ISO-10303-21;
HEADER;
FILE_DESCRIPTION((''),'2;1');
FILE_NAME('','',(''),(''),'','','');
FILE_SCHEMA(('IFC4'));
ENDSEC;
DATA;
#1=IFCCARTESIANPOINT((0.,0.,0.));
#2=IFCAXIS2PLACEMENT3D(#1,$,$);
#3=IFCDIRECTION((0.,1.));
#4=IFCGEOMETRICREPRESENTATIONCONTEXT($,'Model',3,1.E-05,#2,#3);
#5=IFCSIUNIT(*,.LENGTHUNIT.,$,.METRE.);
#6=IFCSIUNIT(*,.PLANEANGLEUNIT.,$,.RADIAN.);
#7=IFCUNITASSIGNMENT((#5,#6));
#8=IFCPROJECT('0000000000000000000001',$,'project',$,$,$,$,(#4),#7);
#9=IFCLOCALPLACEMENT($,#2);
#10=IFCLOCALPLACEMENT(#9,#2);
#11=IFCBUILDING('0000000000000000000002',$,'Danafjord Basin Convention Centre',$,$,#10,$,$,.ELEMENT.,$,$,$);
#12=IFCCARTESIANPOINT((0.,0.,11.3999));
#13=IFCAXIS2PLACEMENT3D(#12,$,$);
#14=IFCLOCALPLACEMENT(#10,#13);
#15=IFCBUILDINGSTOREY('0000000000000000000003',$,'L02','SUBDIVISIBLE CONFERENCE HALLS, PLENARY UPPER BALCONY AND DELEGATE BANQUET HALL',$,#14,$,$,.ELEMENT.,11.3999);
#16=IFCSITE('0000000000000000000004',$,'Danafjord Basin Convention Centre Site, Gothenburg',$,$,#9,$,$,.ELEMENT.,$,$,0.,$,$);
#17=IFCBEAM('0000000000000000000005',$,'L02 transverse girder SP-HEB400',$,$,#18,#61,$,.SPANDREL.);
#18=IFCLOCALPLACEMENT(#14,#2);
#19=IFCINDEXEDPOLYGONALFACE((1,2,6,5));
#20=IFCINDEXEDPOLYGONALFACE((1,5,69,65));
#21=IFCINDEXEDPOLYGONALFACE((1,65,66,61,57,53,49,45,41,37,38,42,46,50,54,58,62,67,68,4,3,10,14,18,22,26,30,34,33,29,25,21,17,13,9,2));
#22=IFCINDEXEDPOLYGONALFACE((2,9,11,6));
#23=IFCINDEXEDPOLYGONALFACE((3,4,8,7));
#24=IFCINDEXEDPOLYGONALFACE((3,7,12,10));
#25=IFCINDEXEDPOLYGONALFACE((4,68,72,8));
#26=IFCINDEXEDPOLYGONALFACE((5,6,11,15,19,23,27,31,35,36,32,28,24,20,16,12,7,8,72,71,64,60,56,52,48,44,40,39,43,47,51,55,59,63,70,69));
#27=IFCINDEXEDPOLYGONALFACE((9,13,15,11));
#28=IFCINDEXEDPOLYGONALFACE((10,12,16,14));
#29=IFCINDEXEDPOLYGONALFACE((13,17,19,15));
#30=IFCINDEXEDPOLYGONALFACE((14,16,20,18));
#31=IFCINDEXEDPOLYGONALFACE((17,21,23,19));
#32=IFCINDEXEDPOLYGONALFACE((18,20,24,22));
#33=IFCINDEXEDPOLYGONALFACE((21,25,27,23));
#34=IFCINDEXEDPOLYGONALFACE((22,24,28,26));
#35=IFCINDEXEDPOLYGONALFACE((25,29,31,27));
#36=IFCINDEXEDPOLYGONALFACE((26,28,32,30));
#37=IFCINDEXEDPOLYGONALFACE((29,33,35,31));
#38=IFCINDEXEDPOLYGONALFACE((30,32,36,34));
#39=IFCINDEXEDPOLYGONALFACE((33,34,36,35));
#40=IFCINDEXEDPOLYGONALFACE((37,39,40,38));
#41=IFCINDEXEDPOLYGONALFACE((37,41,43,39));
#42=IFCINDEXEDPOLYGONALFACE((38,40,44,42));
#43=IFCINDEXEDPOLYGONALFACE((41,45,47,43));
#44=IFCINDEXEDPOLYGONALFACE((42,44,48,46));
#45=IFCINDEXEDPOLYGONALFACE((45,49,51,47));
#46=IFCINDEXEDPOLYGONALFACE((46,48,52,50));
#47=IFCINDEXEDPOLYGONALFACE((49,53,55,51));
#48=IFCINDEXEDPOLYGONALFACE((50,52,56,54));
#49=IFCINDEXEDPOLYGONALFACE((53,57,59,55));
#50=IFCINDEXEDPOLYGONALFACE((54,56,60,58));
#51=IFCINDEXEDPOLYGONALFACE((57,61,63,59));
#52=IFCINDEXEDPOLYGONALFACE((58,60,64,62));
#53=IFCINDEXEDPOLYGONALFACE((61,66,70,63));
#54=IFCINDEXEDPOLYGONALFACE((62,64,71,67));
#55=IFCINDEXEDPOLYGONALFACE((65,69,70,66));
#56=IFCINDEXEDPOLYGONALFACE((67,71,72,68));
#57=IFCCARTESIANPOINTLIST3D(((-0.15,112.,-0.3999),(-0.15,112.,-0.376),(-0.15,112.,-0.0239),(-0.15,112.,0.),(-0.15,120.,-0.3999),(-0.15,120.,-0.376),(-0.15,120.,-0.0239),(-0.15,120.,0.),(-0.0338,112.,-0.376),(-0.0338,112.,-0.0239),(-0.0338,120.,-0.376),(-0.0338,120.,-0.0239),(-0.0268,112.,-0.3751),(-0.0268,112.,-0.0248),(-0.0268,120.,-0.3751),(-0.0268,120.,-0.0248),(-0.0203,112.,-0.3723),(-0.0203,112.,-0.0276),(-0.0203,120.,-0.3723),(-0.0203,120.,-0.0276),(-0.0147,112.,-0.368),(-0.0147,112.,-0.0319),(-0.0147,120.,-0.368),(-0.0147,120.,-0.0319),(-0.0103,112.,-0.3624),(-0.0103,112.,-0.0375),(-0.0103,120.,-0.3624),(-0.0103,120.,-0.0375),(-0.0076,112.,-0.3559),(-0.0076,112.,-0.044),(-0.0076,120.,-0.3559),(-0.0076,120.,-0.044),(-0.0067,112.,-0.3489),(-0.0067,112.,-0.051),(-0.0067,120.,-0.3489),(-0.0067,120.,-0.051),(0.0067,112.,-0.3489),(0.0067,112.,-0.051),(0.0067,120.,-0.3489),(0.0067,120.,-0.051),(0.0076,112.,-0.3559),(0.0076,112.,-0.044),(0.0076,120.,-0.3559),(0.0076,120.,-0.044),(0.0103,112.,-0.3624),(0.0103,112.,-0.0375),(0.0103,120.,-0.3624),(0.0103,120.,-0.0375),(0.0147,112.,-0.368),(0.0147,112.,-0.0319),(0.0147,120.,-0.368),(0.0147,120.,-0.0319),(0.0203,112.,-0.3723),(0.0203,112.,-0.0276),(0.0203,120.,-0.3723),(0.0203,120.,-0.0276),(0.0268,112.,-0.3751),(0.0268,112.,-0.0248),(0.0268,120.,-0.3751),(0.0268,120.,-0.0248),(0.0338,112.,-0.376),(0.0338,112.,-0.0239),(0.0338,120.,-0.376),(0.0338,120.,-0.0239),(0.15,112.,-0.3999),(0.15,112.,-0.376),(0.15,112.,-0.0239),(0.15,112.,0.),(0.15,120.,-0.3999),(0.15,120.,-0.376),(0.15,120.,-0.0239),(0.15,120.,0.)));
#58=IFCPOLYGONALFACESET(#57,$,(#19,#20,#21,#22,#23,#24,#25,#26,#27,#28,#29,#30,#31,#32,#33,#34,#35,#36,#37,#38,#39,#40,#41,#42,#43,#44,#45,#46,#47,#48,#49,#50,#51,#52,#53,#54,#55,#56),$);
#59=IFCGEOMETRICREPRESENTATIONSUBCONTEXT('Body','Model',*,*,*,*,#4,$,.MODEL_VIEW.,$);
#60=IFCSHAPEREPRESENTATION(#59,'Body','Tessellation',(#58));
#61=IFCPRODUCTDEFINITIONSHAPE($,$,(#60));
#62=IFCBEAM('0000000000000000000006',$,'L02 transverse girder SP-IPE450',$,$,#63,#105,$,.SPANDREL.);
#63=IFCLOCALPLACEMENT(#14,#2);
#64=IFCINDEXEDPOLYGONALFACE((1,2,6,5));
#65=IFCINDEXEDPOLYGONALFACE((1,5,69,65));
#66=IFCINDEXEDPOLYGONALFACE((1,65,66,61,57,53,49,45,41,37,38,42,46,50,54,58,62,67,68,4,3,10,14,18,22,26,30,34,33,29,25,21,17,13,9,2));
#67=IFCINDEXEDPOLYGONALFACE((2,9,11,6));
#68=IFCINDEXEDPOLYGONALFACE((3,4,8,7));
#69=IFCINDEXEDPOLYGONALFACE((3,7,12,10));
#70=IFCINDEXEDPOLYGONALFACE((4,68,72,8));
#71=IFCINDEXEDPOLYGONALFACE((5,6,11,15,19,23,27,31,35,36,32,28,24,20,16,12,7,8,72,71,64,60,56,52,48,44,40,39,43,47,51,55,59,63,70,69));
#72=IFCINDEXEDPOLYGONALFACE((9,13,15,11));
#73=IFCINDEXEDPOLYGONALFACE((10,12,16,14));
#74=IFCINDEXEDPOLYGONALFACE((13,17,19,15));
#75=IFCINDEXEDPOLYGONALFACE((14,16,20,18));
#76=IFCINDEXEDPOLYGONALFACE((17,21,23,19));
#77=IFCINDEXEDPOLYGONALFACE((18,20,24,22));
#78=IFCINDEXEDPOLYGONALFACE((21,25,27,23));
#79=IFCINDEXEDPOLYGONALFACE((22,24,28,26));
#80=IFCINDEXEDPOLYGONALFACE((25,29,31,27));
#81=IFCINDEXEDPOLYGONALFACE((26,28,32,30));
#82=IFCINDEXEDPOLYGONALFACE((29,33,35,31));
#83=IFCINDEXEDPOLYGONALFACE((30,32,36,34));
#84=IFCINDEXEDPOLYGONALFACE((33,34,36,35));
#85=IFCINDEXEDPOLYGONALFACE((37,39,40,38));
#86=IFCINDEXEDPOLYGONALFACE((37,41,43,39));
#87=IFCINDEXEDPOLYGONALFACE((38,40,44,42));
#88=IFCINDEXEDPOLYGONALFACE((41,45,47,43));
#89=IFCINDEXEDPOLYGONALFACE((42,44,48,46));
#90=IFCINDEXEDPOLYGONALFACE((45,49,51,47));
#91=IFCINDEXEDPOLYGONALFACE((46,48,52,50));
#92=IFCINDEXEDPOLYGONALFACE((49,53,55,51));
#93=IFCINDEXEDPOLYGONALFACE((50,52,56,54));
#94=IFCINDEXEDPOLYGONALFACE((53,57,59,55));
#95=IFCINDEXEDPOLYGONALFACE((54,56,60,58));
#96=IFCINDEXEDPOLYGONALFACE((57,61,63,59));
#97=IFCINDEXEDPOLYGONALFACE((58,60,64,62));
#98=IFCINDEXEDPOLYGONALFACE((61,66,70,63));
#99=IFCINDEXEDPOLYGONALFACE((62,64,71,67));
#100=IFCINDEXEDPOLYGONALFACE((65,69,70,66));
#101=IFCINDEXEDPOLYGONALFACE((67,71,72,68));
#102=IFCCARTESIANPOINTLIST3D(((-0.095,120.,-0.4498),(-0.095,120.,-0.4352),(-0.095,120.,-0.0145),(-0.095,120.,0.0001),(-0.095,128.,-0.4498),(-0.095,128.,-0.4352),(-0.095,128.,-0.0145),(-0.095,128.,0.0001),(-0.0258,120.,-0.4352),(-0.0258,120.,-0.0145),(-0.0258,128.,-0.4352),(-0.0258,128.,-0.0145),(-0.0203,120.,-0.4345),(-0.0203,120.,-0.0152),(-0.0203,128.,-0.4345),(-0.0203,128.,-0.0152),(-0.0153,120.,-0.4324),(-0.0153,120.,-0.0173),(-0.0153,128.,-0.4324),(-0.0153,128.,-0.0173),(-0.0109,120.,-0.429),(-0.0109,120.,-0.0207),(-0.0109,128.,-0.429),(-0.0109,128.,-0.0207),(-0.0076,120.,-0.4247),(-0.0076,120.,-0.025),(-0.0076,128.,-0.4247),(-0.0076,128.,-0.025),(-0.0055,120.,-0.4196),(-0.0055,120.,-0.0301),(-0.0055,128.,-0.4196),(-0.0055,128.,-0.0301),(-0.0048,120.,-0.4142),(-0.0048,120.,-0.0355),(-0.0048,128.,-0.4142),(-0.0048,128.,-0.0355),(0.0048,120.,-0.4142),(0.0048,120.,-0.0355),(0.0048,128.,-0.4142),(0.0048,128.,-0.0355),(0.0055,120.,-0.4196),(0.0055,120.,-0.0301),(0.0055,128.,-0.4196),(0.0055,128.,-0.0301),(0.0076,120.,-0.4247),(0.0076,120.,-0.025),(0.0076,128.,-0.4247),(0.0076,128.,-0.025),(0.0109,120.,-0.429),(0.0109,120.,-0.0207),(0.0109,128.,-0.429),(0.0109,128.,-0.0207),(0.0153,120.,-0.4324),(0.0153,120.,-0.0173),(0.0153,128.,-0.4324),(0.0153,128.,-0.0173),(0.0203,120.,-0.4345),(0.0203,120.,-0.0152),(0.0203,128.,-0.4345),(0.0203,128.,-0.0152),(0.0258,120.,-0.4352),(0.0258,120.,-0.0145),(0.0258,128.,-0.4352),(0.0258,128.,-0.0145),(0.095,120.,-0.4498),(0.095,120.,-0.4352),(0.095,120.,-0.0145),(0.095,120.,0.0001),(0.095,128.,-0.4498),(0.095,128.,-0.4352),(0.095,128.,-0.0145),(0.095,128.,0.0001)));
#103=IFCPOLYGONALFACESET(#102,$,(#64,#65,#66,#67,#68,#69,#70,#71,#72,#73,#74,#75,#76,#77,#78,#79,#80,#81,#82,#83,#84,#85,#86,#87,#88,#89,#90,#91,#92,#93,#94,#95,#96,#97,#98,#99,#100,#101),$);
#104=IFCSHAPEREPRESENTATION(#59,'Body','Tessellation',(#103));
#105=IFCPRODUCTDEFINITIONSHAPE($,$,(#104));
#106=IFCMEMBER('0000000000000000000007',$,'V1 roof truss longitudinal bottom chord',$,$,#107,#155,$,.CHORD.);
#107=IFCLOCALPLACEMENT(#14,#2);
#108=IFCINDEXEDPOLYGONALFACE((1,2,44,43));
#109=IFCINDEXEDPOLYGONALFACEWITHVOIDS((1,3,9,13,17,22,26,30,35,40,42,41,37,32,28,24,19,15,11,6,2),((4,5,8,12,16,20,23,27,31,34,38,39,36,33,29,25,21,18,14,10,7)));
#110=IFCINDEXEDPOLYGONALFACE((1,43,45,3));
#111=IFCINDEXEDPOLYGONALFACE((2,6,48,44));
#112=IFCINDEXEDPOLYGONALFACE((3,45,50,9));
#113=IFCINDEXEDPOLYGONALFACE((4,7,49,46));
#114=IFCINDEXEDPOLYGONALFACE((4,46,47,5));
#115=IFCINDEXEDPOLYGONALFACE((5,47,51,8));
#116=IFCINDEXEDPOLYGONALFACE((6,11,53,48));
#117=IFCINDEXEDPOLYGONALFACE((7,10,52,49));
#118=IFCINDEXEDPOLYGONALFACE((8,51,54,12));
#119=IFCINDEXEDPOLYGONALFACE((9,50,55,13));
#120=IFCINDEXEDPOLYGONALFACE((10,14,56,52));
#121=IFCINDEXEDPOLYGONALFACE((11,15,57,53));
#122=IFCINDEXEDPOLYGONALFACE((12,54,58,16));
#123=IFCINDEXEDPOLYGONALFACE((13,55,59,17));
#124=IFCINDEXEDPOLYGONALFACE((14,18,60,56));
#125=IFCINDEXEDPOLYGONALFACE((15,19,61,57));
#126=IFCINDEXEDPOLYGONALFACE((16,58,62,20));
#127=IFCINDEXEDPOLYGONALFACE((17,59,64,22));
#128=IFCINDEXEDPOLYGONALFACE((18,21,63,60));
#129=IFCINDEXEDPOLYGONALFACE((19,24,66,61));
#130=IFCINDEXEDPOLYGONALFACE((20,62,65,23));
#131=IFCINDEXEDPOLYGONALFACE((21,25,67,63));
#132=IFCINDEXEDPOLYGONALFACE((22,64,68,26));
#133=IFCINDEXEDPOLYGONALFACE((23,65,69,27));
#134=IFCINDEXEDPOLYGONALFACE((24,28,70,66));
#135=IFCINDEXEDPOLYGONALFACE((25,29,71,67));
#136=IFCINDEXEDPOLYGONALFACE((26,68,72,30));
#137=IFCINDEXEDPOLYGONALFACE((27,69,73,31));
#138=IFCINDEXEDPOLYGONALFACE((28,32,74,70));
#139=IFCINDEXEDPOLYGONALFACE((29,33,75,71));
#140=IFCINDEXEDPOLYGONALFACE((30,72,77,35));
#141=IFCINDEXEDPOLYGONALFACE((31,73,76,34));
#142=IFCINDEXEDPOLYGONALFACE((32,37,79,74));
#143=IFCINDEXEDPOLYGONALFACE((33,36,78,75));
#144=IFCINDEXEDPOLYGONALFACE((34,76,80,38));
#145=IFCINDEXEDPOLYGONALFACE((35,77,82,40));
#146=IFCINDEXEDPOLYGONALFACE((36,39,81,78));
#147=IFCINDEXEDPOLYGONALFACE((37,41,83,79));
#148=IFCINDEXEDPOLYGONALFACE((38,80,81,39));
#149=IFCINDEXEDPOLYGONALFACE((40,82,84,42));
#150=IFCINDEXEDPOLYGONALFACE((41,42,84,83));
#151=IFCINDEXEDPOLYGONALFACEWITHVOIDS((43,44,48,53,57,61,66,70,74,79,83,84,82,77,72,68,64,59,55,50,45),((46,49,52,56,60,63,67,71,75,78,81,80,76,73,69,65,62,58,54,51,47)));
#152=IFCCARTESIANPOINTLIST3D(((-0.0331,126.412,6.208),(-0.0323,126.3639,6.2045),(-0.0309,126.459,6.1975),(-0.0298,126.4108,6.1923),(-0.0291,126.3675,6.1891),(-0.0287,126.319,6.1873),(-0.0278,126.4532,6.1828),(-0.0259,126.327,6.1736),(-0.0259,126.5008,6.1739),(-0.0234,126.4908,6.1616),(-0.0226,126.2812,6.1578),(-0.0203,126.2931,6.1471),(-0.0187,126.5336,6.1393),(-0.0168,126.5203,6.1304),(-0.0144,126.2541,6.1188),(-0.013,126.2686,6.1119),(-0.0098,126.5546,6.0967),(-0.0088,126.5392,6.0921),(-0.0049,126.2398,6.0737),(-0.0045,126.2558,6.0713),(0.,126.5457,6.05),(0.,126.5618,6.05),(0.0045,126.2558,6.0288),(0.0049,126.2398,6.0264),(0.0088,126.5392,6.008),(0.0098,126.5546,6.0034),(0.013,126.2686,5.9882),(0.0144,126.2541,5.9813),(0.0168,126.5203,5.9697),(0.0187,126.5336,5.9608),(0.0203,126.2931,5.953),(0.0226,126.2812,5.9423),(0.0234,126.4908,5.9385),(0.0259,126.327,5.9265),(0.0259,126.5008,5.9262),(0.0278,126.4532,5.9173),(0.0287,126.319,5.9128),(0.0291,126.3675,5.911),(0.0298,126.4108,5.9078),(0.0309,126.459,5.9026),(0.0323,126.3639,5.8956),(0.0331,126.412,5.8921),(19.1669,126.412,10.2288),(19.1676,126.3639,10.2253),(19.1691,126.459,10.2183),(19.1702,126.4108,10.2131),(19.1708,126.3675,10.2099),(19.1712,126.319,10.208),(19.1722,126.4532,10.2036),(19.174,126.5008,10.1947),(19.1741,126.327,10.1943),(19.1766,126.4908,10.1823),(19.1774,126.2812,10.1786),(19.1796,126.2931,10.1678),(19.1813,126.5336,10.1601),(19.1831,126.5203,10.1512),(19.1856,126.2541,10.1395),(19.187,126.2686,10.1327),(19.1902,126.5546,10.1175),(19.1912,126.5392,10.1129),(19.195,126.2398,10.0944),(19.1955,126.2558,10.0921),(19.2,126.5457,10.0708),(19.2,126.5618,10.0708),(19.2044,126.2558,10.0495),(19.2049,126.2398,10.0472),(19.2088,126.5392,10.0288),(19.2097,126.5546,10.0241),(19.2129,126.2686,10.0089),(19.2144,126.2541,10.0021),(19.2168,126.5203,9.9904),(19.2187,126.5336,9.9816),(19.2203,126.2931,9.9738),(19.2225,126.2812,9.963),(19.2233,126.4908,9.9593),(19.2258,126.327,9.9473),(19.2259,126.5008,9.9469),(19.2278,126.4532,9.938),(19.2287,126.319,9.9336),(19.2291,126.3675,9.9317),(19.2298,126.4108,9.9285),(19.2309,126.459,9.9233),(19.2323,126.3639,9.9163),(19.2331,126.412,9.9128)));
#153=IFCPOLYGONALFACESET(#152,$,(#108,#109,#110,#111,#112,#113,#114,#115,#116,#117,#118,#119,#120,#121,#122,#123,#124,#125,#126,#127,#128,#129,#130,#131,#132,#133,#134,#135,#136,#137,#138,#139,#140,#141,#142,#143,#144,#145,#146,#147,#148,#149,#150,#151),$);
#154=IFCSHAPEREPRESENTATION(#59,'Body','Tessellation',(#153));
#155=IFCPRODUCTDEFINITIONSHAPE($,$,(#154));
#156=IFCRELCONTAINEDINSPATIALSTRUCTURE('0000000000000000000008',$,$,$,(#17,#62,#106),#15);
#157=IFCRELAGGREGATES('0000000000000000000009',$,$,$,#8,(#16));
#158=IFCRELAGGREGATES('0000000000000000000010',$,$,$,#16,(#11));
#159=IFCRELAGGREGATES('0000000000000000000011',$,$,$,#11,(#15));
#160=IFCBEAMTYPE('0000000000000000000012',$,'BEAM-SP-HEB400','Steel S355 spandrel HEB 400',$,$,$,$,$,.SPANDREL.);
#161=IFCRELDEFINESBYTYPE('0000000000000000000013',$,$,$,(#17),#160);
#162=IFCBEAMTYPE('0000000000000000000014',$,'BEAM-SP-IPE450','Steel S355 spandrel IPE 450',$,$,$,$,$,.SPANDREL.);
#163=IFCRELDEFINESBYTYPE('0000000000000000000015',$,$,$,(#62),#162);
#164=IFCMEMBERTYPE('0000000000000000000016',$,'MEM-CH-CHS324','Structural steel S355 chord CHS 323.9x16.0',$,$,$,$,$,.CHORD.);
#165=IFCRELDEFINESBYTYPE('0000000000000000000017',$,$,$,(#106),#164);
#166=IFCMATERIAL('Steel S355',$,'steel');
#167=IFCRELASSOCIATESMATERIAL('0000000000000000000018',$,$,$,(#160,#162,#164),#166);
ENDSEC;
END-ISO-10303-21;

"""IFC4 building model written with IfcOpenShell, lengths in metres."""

from ifc_helpers import new_model, si_unit, direction, frame, origin, origin_2d, place, context, subcontext, project, spatial, hollow_circle, i_section, extrude, material, material_profile, profile_set, type_object, element, save


model = new_model("IFC4")

# Units and contexts
model_context = context("Model", 3, precision=1e-05, world=origin(), true_north=direction((0.0, 1.0)))
body_context = subcontext(model_context, "Body", "Model", "MODEL_VIEW")
ifc_project = project(units=[si_unit("LENGTHUNIT", "METRE"), si_unit("PLANEANGLEUNIT", "RADIAN")], contexts=[model_context])

# Site, building, storey
site_placement = place(None, origin())
site = spatial("IfcSite", under=ifc_project, at=site_placement, Name="Danafjord Basin Convention Centre Site, Gothenburg", CompositionType="ELEMENT", RefElevation=0.0)
building_placement = place(site_placement, origin())
building = spatial("IfcBuilding", under=site, at=building_placement, Name="Danafjord Basin Convention Centre", CompositionType="ELEMENT")
storey_placement = place(building_placement, frame((0.0, 0.0, 11.3999)))
storey = spatial("IfcBuildingStorey", under=building, at=storey_placement, Name="L02", Description="SUBDIVISIBLE CONFERENCE HALLS, PLENARY UPPER BALCONY AND DELEGATE BANQUET HALL", CompositionType="ELEMENT", Elevation=11.3999)

# Beams
ifc_material_1 = material(Name="Steel S355", Category="steel")
ifc_material_profile_1 = material_profile(ifc_material_1, i_section(OverallWidth=0.3, OverallDepth=0.3999, WebThickness=0.0134, FlangeThickness=0.0239, FilletRadius=0.0271, at=origin_2d()), Name="HEB 400")
ifc_profile_set_1 = profile_set([ifc_material_profile_1], Name="Steel S355")
beam_type_1 = type_object("IfcBeamType", Name="BEAM-SP-HEB400", Description="Steel S355 spandrel HEB 400", PredefinedType="SPANDREL", material=ifc_profile_set_1)
beam_1_placement = place(storey_placement, frame((0.0, 112.0, -0.2), z_axis=(0.0, 1.0, 0.0), x_axis=(-1.0, 0.0, 0.0)))
element("IfcBeam", 1, at=beam_1_placement, inside=storey, type_object=beam_type_1, Name="L02 transverse girder SP-HEB400", PredefinedType="SPANDREL", context=body_context, shape_type="SweptSolid", body=[
    extrude(i_section(OverallWidth=0.3, OverallDepth=0.3999, WebThickness=0.0134, FlangeThickness=0.0239, FilletRadius=0.0271, at=origin_2d()), origin(), (0.0, 0.0, 1.0), 8.0),
])
ifc_material_profile_2 = material_profile(ifc_material_1, i_section(OverallWidth=0.1899, OverallDepth=0.45, WebThickness=0.0095, FlangeThickness=0.0146, FilletRadius=0.021, at=origin_2d()), Name="IPE 450")
ifc_profile_set_2 = profile_set([ifc_material_profile_2], Name="Steel S355")
beam_type_2 = type_object("IfcBeamType", Name="BEAM-SP-IPE450", Description="Steel S355 spandrel IPE 450", PredefinedType="SPANDREL", material=ifc_profile_set_2)
beam_2_placement = place(storey_placement, frame((0.0, 120.0, -0.2249), z_axis=(0.0, 1.0, 0.0), x_axis=(-1.0, 0.0, 0.0)))
element("IfcBeam", 2, at=beam_2_placement, inside=storey, type_object=beam_type_2, Name="L02 transverse girder SP-IPE450", PredefinedType="SPANDREL", context=body_context, shape_type="SweptSolid", body=[
    extrude(i_section(OverallWidth=0.1899, OverallDepth=0.45, WebThickness=0.0095, FlangeThickness=0.0146, FilletRadius=0.021, at=origin_2d()), origin(), (0.0, 0.0, 1.0), 8.0),
])

# Member
ifc_material_profile_3 = material_profile(ifc_material_1, hollow_circle(Radius=0.1619, WallThickness=0.0161, at=origin_2d()), Name="CHS 323.9x16.0")
ifc_profile_set_3 = profile_set([ifc_material_profile_3], Name="Steel S355")
member_type_1 = type_object("IfcMemberType", Name="MEM-CH-CHS324", Description="Structural steel S355 chord CHS 323.9x16.0", PredefinedType="CHORD", material=ifc_profile_set_3)
member_1_placement = place(storey_placement, frame((0.0, 126.3999, 6.05), z_axis=(0.978769, 0.0, 0.204969), x_axis=(0.0, 1.0, 0.0)))
element("IfcMember", 3, at=member_1_placement, inside=storey, type_object=member_type_1, Name="V1 roof truss longitudinal bottom chord", PredefinedType="CHORD", context=body_context, shape_type="SweptSolid", body=[
    extrude(hollow_circle(Radius=0.1619, WallThickness=0.0161, at=origin_2d()), origin(), (0.0, 0.0, 1.0), 19.6165),
])

save(model, "model.ifc")
